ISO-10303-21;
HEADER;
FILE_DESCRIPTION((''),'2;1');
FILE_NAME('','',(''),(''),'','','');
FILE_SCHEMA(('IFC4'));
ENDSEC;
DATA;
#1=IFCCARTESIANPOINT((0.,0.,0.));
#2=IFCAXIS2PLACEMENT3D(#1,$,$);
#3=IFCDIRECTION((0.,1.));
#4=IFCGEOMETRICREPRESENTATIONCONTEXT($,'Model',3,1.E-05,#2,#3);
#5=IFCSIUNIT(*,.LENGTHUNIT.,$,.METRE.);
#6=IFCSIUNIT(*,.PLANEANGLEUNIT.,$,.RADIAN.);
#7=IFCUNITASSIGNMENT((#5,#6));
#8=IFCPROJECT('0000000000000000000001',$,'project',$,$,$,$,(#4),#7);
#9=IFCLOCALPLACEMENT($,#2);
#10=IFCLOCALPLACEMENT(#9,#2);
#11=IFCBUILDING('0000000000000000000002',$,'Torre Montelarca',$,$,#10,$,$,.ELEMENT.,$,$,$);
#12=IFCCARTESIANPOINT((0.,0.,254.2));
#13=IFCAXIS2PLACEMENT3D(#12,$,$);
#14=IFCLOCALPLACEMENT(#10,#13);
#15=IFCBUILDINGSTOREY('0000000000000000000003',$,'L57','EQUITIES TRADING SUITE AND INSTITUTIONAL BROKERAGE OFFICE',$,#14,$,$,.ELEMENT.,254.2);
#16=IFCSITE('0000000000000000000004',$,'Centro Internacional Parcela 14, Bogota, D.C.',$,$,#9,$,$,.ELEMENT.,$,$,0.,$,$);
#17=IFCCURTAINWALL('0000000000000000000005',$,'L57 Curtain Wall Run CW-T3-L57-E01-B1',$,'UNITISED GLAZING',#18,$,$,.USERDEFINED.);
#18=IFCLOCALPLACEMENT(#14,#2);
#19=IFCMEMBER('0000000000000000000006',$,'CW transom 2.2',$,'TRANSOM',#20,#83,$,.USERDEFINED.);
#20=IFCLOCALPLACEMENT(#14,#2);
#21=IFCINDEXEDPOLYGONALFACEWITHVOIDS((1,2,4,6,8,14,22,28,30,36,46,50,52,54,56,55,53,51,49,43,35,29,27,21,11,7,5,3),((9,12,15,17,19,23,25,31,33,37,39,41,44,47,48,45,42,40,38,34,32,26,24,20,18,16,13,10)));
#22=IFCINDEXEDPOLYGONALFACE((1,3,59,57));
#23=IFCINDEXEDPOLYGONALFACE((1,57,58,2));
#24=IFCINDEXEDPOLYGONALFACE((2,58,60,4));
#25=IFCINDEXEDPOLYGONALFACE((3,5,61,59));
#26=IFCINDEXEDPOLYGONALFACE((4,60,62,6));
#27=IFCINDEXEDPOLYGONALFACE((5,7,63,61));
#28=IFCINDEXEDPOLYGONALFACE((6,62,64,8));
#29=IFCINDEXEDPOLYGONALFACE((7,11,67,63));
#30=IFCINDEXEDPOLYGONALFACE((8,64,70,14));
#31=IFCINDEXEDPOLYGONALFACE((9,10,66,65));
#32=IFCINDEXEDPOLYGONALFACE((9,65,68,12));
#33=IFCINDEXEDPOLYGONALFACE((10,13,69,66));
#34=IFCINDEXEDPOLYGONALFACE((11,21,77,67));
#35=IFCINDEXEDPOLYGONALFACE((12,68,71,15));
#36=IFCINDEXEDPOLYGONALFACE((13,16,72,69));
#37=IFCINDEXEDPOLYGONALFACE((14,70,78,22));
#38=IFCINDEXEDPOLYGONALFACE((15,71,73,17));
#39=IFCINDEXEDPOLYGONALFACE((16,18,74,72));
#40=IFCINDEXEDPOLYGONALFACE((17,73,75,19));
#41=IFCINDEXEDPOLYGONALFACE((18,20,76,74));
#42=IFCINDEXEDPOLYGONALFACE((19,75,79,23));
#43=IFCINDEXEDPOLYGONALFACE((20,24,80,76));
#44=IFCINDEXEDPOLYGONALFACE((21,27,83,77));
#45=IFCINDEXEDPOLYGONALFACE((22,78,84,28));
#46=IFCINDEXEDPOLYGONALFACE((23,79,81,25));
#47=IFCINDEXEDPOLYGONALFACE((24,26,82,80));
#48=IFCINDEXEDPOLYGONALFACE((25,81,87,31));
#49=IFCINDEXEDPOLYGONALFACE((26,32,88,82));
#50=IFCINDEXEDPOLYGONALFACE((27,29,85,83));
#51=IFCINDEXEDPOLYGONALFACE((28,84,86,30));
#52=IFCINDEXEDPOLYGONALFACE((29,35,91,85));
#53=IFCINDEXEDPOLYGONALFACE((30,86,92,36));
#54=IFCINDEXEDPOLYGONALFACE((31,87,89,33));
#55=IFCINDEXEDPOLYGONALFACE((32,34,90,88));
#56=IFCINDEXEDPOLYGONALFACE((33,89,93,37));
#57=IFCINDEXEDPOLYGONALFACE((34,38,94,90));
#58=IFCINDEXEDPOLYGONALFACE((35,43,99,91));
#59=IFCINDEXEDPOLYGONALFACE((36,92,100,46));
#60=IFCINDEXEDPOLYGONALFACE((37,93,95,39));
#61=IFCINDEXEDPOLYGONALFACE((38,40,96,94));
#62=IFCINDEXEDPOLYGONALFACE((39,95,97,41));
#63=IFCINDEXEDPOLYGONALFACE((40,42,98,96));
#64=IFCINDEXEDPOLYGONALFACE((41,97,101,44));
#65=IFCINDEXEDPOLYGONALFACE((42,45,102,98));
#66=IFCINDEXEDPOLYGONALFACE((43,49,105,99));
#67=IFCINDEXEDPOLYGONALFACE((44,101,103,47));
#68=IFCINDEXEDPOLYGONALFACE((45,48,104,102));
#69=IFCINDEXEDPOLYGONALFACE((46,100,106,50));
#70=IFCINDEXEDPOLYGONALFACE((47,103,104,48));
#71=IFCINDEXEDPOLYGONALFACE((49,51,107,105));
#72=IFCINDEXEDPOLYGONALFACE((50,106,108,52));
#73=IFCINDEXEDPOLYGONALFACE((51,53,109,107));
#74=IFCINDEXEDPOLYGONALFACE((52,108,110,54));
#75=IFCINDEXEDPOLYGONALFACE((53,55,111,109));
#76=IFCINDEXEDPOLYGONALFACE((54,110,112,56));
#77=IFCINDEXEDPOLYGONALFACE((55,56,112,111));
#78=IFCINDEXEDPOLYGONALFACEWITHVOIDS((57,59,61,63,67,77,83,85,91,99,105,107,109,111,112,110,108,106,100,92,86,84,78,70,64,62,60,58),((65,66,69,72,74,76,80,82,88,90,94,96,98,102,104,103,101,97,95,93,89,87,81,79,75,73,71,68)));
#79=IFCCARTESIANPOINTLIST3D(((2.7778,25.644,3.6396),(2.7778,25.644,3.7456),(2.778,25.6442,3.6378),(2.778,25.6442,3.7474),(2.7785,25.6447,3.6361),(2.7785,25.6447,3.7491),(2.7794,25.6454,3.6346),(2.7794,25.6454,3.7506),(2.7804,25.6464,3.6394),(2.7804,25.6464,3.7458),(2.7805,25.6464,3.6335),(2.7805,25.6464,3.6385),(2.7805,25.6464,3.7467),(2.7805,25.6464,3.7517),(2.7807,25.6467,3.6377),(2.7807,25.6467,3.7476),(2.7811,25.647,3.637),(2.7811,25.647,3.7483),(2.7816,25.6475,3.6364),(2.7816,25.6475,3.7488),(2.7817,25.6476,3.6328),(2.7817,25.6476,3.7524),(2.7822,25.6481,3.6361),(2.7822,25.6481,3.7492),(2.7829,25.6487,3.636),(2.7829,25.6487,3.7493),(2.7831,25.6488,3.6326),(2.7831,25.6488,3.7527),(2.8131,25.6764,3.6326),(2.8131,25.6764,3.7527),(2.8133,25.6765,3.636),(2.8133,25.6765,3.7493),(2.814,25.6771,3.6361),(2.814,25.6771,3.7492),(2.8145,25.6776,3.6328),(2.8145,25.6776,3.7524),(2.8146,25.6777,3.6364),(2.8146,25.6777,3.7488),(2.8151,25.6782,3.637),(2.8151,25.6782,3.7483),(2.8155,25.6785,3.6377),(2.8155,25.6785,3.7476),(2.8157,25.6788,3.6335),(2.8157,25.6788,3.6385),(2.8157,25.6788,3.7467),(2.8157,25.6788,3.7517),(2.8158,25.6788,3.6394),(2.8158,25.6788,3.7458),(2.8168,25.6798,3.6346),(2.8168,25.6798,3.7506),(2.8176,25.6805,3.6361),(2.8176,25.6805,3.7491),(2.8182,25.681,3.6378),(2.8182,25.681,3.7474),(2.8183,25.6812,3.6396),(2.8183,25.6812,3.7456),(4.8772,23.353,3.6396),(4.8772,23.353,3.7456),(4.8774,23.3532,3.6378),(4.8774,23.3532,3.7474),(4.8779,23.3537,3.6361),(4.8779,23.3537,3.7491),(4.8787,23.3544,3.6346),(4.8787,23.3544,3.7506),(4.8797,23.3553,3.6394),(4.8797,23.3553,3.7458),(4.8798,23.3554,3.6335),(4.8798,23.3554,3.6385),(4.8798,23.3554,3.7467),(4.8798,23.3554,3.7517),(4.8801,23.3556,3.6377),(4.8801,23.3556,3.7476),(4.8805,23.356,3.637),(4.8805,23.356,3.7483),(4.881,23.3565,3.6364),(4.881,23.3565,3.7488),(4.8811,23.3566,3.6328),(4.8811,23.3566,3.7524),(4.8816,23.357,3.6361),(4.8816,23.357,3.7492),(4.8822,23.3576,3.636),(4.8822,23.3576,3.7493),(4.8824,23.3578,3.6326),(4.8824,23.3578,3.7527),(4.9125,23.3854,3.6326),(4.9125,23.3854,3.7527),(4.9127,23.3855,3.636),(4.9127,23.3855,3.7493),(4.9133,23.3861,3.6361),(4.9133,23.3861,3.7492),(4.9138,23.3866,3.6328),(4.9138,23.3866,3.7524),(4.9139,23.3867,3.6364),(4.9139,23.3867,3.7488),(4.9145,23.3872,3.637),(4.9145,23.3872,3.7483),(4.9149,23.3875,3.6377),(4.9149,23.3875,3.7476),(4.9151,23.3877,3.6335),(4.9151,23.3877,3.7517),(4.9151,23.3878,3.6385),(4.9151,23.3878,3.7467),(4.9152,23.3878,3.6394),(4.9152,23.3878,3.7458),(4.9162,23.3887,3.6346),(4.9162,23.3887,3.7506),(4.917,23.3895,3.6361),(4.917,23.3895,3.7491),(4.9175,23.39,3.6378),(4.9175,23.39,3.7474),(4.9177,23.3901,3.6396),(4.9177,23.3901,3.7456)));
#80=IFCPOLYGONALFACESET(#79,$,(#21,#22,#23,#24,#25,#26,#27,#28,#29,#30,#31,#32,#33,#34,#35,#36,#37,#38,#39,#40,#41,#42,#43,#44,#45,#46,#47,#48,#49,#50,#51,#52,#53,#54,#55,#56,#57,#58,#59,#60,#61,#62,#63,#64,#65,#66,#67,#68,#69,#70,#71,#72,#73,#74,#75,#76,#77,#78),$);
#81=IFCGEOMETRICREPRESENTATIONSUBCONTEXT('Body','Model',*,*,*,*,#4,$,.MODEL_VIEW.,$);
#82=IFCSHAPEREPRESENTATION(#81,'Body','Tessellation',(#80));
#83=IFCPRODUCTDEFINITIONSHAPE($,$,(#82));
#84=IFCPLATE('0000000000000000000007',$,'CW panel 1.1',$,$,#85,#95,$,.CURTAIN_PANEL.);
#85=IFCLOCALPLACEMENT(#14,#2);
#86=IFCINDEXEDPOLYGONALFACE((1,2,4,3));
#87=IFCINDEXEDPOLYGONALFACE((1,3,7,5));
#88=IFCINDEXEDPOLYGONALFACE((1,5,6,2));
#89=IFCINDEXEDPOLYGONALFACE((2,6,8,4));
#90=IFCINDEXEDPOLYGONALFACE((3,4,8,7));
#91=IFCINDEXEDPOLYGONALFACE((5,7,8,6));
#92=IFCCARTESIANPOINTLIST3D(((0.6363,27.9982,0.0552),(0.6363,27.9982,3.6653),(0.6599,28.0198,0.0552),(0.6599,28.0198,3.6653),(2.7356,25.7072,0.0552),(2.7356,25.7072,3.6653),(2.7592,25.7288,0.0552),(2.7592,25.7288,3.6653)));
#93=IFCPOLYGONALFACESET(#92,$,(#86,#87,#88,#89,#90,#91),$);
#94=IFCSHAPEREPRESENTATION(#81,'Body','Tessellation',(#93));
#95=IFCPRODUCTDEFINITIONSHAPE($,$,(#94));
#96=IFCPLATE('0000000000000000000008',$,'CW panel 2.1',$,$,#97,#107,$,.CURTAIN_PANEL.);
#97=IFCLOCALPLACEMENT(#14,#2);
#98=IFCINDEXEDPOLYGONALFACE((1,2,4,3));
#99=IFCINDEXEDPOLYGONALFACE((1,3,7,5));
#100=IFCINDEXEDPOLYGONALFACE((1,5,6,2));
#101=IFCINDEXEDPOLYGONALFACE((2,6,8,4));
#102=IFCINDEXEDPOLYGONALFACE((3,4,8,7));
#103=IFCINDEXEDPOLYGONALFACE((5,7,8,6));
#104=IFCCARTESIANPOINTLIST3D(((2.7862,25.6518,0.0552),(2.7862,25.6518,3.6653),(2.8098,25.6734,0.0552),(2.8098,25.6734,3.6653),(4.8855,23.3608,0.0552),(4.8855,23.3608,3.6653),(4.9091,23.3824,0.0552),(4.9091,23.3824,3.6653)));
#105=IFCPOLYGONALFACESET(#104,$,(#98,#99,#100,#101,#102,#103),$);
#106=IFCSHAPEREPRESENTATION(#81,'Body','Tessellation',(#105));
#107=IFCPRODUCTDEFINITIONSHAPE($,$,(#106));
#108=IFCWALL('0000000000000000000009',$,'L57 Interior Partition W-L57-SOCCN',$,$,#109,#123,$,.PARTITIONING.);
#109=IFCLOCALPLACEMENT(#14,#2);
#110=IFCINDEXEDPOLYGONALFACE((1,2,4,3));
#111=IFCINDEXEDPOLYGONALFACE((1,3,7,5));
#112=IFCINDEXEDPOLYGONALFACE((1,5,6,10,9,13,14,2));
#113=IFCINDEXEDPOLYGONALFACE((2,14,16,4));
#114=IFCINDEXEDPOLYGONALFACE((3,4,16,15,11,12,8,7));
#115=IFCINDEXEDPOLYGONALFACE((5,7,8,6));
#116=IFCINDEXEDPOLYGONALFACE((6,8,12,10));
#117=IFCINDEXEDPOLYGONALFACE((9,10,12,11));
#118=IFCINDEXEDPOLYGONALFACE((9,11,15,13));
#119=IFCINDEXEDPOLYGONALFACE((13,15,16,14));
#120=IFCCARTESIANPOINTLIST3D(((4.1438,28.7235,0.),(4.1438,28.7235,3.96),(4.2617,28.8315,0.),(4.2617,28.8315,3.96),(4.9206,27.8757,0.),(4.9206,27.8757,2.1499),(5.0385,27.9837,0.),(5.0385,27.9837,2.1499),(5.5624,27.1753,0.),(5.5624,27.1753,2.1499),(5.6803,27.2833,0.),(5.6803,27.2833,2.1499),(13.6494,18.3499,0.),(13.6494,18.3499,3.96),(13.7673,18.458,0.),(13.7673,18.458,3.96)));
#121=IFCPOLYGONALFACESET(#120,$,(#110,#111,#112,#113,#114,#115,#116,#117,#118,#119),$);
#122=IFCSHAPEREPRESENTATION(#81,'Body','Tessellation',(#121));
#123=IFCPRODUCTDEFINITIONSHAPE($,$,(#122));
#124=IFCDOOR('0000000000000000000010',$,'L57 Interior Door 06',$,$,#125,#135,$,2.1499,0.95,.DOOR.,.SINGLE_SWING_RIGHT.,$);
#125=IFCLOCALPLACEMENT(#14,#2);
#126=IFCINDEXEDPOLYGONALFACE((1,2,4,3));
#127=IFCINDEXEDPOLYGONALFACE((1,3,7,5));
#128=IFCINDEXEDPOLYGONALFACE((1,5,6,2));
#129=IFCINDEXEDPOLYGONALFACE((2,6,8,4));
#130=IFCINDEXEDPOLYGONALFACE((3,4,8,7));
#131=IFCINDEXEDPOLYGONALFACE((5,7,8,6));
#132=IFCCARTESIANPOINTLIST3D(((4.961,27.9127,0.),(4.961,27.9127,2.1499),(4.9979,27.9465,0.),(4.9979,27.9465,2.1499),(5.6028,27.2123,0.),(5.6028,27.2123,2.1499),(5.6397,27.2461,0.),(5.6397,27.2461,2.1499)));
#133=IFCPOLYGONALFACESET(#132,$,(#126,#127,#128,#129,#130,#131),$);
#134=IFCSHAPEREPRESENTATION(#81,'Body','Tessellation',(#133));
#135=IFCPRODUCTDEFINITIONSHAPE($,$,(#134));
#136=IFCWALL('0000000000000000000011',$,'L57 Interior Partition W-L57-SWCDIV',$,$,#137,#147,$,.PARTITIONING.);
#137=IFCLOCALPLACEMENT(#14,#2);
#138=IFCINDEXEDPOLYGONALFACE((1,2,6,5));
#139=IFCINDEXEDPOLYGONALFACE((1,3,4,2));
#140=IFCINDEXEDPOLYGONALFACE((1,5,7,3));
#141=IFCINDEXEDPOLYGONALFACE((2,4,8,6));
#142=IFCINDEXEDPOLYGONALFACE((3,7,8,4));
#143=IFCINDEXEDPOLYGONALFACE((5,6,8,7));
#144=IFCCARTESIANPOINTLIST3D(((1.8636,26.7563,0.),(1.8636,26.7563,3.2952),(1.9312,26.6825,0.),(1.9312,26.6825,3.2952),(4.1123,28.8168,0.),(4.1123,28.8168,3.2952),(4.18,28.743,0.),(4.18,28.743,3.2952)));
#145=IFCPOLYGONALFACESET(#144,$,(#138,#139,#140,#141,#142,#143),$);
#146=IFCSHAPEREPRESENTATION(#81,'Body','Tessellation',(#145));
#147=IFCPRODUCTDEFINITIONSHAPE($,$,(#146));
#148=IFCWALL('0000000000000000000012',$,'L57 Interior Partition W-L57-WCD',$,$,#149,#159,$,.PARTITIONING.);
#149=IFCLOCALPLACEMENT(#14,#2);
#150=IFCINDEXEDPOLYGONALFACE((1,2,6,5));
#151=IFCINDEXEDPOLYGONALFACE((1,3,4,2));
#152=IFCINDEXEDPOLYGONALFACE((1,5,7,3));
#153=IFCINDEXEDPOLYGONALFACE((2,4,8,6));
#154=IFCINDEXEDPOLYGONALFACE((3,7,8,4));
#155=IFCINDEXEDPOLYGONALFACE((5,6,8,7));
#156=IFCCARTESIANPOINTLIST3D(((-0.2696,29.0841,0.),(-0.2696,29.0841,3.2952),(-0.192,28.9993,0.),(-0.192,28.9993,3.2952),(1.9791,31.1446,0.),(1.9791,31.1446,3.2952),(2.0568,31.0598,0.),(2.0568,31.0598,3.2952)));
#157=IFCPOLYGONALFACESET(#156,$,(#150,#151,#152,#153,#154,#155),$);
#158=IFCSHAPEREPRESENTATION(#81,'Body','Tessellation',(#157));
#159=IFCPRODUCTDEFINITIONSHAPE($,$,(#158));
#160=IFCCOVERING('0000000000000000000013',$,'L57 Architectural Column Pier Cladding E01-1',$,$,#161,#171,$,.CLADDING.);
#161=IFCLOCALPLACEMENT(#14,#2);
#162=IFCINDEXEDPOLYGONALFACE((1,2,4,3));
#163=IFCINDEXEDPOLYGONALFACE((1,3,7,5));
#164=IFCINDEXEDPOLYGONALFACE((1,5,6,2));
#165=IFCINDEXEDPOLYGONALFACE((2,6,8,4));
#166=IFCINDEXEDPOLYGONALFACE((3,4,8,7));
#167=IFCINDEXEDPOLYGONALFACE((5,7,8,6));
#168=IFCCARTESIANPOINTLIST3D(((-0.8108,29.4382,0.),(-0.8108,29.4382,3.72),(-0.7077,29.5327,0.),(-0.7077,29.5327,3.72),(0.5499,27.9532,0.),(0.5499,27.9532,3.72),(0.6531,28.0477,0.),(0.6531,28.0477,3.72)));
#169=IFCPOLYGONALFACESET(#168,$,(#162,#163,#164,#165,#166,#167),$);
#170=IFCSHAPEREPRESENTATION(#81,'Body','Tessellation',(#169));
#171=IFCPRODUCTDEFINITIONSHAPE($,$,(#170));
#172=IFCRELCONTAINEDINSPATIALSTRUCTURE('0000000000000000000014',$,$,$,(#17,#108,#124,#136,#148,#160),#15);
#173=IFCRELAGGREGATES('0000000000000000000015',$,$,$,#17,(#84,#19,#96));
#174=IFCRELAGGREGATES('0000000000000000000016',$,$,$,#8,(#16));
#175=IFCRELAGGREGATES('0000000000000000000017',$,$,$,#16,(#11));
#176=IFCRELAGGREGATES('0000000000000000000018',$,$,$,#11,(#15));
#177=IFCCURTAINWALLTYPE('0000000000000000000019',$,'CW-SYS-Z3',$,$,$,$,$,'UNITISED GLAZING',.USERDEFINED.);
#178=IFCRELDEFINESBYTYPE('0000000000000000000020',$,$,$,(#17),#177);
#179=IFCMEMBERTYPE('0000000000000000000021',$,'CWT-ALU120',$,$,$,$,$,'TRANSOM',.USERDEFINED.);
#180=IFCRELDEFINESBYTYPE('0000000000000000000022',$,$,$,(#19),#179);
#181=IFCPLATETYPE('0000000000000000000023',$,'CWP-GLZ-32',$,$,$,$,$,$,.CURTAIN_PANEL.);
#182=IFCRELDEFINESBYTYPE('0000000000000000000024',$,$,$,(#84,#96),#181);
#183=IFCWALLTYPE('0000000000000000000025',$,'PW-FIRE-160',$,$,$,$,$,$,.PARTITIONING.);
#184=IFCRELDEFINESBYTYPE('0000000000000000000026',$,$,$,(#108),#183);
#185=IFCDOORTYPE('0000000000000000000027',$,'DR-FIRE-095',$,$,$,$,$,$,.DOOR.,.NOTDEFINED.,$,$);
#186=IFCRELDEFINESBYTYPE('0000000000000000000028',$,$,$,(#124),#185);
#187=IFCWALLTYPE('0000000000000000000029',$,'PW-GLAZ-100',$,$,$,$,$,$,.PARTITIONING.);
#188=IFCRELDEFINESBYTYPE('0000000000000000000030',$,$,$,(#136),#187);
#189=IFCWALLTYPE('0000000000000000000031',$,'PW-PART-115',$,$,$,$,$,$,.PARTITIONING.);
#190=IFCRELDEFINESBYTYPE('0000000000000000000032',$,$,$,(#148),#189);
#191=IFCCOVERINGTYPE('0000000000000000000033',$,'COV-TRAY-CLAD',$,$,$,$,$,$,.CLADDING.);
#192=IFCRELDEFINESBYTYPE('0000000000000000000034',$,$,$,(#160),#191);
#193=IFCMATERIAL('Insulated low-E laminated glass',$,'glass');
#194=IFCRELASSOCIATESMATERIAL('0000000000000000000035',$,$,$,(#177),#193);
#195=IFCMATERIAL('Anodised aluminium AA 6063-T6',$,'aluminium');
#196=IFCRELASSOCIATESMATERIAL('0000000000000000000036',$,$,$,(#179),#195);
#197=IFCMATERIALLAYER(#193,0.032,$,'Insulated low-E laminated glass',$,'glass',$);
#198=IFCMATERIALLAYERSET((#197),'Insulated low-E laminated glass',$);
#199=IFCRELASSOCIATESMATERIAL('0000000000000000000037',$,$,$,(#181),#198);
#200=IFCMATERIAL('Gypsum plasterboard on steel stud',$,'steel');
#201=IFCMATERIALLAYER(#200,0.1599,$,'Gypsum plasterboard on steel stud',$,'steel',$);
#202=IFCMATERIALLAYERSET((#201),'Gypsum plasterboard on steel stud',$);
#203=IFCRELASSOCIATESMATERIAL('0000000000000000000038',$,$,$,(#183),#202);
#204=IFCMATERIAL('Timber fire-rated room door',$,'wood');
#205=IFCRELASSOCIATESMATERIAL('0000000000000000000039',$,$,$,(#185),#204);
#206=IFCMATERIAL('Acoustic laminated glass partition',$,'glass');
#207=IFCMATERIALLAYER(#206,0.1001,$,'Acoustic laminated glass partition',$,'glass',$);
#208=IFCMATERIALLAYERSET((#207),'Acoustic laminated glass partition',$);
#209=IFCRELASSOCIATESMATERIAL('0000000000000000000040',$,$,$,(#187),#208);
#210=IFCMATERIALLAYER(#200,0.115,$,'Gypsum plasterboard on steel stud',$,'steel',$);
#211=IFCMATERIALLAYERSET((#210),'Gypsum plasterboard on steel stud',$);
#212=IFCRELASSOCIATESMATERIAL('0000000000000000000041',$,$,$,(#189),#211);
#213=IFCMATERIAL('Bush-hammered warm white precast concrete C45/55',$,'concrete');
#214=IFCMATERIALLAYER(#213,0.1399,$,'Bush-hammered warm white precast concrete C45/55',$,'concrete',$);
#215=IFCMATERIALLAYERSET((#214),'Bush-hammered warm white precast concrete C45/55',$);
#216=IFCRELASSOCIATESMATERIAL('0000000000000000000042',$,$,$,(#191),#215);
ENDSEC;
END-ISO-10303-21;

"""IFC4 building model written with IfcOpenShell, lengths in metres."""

from ifc_helpers import new_model, si_unit, direction, frame, frame_2d, origin, origin_2d, place, context, subcontext, project, spatial, rectangle, hollow_rectangle, extrude, source, transform, mapped, material, layer, layer_set, material_profile, profile_set, type_object, element, fill, aggregate, save


model = new_model("IFC4")

# Units and contexts
model_context = context("Model", 3, precision=1e-05, world=origin(), true_north=direction((0.0, 1.0)))
body_context = subcontext(model_context, "Body", "Model", "MODEL_VIEW")
ifc_project = project(units=[si_unit("LENGTHUNIT", "METRE"), si_unit("PLANEANGLEUNIT", "RADIAN")], contexts=[model_context])

# Site, building, storey
site_placement = place(None, origin())
site = spatial("IfcSite", under=ifc_project, at=site_placement, Name="Centro Internacional Parcela 14, Bogota, D.C.", CompositionType="ELEMENT", RefElevation=0.0)
building_placement = place(site_placement, origin())
building = spatial("IfcBuilding", under=site, at=building_placement, Name="Torre Montelarca", CompositionType="ELEMENT")
storey_placement = place(building_placement, frame((0.0, 0.0, 254.2)))
storey = spatial("IfcBuildingStorey", under=building, at=storey_placement, Name="L57", Description="EQUITIES TRADING SUITE AND INSTITUTIONAL BROKERAGE OFFICE", CompositionType="ELEMENT", Elevation=254.2)

# Curtain wall, member, plates
ifc_material_1 = material(Name="Insulated low-E laminated glass", Category="glass")
curtain_wall_type = type_object("IfcCurtainWallType", Name="CW-SYS-Z3", ElementType="UNITISED GLAZING", PredefinedType="USERDEFINED", material=ifc_material_1)
curtain_wall_placement = place(storey_placement, origin())
curtain_wall = element("IfcCurtainWall", 1, at=curtain_wall_placement, inside=storey, type_object=curtain_wall_type, Name="L57 Curtain Wall Run CW-T3-L57-E01-B1", ObjectType="UNITISED GLAZING", PredefinedType="USERDEFINED")
ifc_material_2 = material(Name="Anodised aluminium AA 6063-T6", Category="aluminium")
ifc_material_profile_1 = material_profile(ifc_material_2, hollow_rectangle(XDim=0.0549, YDim=0.1201, WallThickness=0.0034, InnerFilletRadius=0.0034, OuterFilletRadius=0.0071, at=origin_2d()), Name="ALU55X120X3.5", Category="aluminium")
ifc_profile_set_1 = profile_set([ifc_material_profile_1], Name="Anodised aluminium AA 6063-T6")
member_type_1 = type_object("IfcMemberType", Name="CWT-ALU120", ElementType="TRANSOM", PredefinedType="USERDEFINED", material=ifc_profile_set_1)
shared_shape_1 = source(origin(), body_context, "Body", "SweptSolid", [
    extrude(hollow_rectangle(XDim=0.0549, YDim=0.1201, WallThickness=0.0034, InnerFilletRadius=0.0034, OuterFilletRadius=0.0071, at=origin_2d()), origin(), (0.0, 0.0, 1.0), 3.1074),
])
member_1_placement = place(storey_placement, frame((2.7981, 25.6626, 3.6926), z_axis=(0.675597, -0.737272, 0.0), x_axis=(0.737272, 0.675597, 0.0)))
member_1 = element("IfcMember", 2, at=member_1_placement, type_object=member_type_1, Name="CW transom 2.2", ObjectType="TRANSOM", PredefinedType="USERDEFINED", context=body_context, shape_type="MappedRepresentation", body=[
    mapped(shared_shape_1, transform((0.0, 0.0, 0.0), scale=1.0)),
])
ifc_layer_1 = layer(ifc_material_1, 0.032, Name="Insulated low-E laminated glass", Category="glass")
ifc_layer_set_1 = layer_set([ifc_layer_1], Name="Insulated low-E laminated glass")
plate_type = type_object("IfcPlateType", Name="CWP-GLZ-32", PredefinedType="CURTAIN_PANEL", material=ifc_layer_set_1)
shared_shape_2 = source(origin(), body_context, "Body", "SweptSolid", [
    extrude(rectangle(XDim=3.1074, YDim=0.032, at=origin_2d()), origin(), (0.0, 0.0, 1.0), 3.6101),
])
plate_1_placement = place(storey_placement, frame((1.6978, 26.8635, 0.0552), z_axis=(0.0, 0.0, 1.0), x_axis=(0.675588, -0.73728, 0.0)))
plate_1 = element("IfcPlate", 3, at=plate_1_placement, type_object=plate_type, Name="CW panel 1.1", PredefinedType="CURTAIN_PANEL", context=body_context, shape_type="MappedRepresentation", body=[
    mapped(shared_shape_2, transform((0.0, 0.0, 0.0), scale=1.0)),
])
plate_2_placement = place(storey_placement, frame((3.8477, 24.5171, 0.0552), z_axis=(0.0, 0.0, 1.0), x_axis=(0.675588, -0.73728, 0.0)))
plate_2 = element("IfcPlate", 4, at=plate_2_placement, type_object=plate_type, Name="CW panel 2.1", PredefinedType="CURTAIN_PANEL", context=body_context, shape_type="MappedRepresentation", body=[
    mapped(shared_shape_2, transform((0.0, 0.0, 0.0), scale=1.0)),
])
aggregate(curtain_wall, [plate_1, member_1, plate_2])

# Wall, opening, door
ifc_material_3 = material(Name="Gypsum plasterboard on steel stud", Category="steel")
ifc_layer_2 = layer(ifc_material_3, 0.1599, Name="Gypsum plasterboard on steel stud", Category="steel")
ifc_layer_set_2 = layer_set([ifc_layer_2], Name="Gypsum plasterboard on steel stud")
wall_type_1 = type_object("IfcWallType", Name="PW-FIRE-160", PredefinedType="PARTITIONING", material=ifc_layer_set_2)
wall_1_placement = place(storey_placement, frame((4.2026, 28.7776, 0.0), z_axis=(0.0, 0.0, 1.0), x_axis=(0.675591, -0.737277, 0.0)))
wall_1 = element("IfcWall", 5, at=wall_1_placement, inside=storey, type_object=wall_type_1, Name="L57 Interior Partition W-L57-SOCCN", PredefinedType="PARTITIONING", context=body_context, shape_type="SweptSolid", body=[
    extrude(rectangle(XDim=14.0701, YDim=0.1599, at=frame_2d((7.0352, 0.0))), origin(), (0.0, 0.0, 1.0), 3.96),
])
opening_placement = place(wall_1_placement, frame((1.1499, 0.0, 0.0)))
opening = element("IfcOpeningElement", 6, at=opening_placement, cuts=wall_1, PredefinedType="OPENING", context=body_context, shape_type="SweptSolid", body=[
    extrude(rectangle(XDim=0.95, YDim=2.1499, at=frame_2d((0.4751, 1.075))), frame((0.0, 0.0898, 0.0), z_axis=(0.0, -1.0, 0.0), x_axis=(1.0, 0.0, 0.0)), (0.0, 0.0, 1.0), 0.1799),
])
ifc_material_4 = material(Name="Timber fire-rated room door", Category="wood")
door_type = type_object("IfcDoorType", Name="DR-FIRE-095", OperationType="NOTDEFINED", PredefinedType="DOOR", material=ifc_material_4)
shared_shape_3 = source(origin(), body_context, "Body", "SweptSolid", [
    extrude(rectangle(XDim=0.95, YDim=2.1499, at=frame_2d((0.4751, 1.075))), frame((0.0, 0.0249, 0.0), z_axis=(0.0, -1.0, 0.0), x_axis=(1.0, 0.0, 0.0)), (0.0, 0.0, 1.0), 0.05),
])
door_placement = place(opening_placement, origin())
door = element("IfcDoor", 7, at=door_placement, inside=storey, type_object=door_type, Name="L57 Interior Door 06", OperationType="SINGLE_SWING_RIGHT", OverallHeight=2.1499, OverallWidth=0.95, PredefinedType="DOOR", context=body_context, shape_type="MappedRepresentation", body=[
    mapped(shared_shape_3, transform((0.0, 0.0, 0.0), scale=1.0)),
])
fill(opening, door)

# Walls
ifc_material_5 = material(Name="Acoustic laminated glass partition", Category="glass")
ifc_layer_3 = layer(ifc_material_5, 0.1001, Name="Acoustic laminated glass partition", Category="glass")
ifc_layer_set_3 = layer_set([ifc_layer_3], Name="Acoustic laminated glass partition")
wall_type_2 = type_object("IfcWallType", Name="PW-GLAZ-100", PredefinedType="PARTITIONING", material=ifc_layer_set_3)
wall_2_placement = place(storey_placement, frame((1.8975, 26.7195, 0.0), z_axis=(0.0, 0.0, 1.0), x_axis=(0.73729, 0.675576, 0.0)))
element("IfcWall", 8, at=wall_2_placement, inside=storey, type_object=wall_type_2, Name="L57 Interior Partition W-L57-SWCDIV", PredefinedType="PARTITIONING", context=body_context, shape_type="SweptSolid", body=[
    extrude(rectangle(XDim=3.05, YDim=0.1001, at=frame_2d((1.5249, 0.0))), origin(), (0.0, 0.0, 1.0), 3.2952),
])
ifc_layer_4 = layer(ifc_material_3, 0.115, Name="Gypsum plasterboard on steel stud", Category="steel")
ifc_layer_set_4 = layer_set([ifc_layer_4], Name="Gypsum plasterboard on steel stud")
wall_type_3 = type_object("IfcWallType", Name="PW-PART-115", PredefinedType="PARTITIONING", material=ifc_layer_set_4)
wall_3_placement = place(storey_placement, frame((-0.2307, 29.0417, 0.0), z_axis=(0.0, 0.0, 1.0), x_axis=(0.73729, 0.675576, 0.0)))
element("IfcWall", 9, at=wall_3_placement, inside=storey, type_object=wall_type_3, Name="L57 Interior Partition W-L57-WCD", PredefinedType="PARTITIONING", context=body_context, shape_type="SweptSolid", body=[
    extrude(rectangle(XDim=3.05, YDim=0.115, at=frame_2d((1.5249, 0.0))), origin(), (0.0, 0.0, 1.0), 3.2952),
])

# Covering
ifc_material_6 = material(Name="Bush-hammered warm white precast concrete C45/55", Category="concrete")
ifc_layer_5 = layer(ifc_material_6, 0.1399, Name="Bush-hammered warm white precast concrete C45/55", Category="concrete")
ifc_layer_set_5 = layer_set([ifc_layer_5], Name="Bush-hammered warm white precast concrete C45/55")
covering_type = type_object("IfcCoveringType", Name="COV-TRAY-CLAD", PredefinedType="CLADDING", material=ifc_layer_set_5)
shared_shape_4 = source(origin(), body_context, "Body", "SweptSolid", [
    extrude(rectangle(XDim=2.0142, YDim=0.1399, at=origin_2d()), origin(), (0.0, 0.0, 1.0), 3.72),
])
covering_1_placement = place(storey_placement, frame((-0.0789, 28.7429, 0.0), z_axis=(0.0, 0.0, 1.0), x_axis=(0.67559, -0.737277, 0.0)))
element("IfcCovering", 10, at=covering_1_placement, inside=storey, type_object=covering_type, Name="L57 Architectural Column Pier Cladding E01-1", PredefinedType="CLADDING", context=body_context, shape_type="MappedRepresentation", body=[
    mapped(shared_shape_4, transform((0.0, 0.0, 0.0), scale=1.0)),
])

save(model, "model.ifc")
